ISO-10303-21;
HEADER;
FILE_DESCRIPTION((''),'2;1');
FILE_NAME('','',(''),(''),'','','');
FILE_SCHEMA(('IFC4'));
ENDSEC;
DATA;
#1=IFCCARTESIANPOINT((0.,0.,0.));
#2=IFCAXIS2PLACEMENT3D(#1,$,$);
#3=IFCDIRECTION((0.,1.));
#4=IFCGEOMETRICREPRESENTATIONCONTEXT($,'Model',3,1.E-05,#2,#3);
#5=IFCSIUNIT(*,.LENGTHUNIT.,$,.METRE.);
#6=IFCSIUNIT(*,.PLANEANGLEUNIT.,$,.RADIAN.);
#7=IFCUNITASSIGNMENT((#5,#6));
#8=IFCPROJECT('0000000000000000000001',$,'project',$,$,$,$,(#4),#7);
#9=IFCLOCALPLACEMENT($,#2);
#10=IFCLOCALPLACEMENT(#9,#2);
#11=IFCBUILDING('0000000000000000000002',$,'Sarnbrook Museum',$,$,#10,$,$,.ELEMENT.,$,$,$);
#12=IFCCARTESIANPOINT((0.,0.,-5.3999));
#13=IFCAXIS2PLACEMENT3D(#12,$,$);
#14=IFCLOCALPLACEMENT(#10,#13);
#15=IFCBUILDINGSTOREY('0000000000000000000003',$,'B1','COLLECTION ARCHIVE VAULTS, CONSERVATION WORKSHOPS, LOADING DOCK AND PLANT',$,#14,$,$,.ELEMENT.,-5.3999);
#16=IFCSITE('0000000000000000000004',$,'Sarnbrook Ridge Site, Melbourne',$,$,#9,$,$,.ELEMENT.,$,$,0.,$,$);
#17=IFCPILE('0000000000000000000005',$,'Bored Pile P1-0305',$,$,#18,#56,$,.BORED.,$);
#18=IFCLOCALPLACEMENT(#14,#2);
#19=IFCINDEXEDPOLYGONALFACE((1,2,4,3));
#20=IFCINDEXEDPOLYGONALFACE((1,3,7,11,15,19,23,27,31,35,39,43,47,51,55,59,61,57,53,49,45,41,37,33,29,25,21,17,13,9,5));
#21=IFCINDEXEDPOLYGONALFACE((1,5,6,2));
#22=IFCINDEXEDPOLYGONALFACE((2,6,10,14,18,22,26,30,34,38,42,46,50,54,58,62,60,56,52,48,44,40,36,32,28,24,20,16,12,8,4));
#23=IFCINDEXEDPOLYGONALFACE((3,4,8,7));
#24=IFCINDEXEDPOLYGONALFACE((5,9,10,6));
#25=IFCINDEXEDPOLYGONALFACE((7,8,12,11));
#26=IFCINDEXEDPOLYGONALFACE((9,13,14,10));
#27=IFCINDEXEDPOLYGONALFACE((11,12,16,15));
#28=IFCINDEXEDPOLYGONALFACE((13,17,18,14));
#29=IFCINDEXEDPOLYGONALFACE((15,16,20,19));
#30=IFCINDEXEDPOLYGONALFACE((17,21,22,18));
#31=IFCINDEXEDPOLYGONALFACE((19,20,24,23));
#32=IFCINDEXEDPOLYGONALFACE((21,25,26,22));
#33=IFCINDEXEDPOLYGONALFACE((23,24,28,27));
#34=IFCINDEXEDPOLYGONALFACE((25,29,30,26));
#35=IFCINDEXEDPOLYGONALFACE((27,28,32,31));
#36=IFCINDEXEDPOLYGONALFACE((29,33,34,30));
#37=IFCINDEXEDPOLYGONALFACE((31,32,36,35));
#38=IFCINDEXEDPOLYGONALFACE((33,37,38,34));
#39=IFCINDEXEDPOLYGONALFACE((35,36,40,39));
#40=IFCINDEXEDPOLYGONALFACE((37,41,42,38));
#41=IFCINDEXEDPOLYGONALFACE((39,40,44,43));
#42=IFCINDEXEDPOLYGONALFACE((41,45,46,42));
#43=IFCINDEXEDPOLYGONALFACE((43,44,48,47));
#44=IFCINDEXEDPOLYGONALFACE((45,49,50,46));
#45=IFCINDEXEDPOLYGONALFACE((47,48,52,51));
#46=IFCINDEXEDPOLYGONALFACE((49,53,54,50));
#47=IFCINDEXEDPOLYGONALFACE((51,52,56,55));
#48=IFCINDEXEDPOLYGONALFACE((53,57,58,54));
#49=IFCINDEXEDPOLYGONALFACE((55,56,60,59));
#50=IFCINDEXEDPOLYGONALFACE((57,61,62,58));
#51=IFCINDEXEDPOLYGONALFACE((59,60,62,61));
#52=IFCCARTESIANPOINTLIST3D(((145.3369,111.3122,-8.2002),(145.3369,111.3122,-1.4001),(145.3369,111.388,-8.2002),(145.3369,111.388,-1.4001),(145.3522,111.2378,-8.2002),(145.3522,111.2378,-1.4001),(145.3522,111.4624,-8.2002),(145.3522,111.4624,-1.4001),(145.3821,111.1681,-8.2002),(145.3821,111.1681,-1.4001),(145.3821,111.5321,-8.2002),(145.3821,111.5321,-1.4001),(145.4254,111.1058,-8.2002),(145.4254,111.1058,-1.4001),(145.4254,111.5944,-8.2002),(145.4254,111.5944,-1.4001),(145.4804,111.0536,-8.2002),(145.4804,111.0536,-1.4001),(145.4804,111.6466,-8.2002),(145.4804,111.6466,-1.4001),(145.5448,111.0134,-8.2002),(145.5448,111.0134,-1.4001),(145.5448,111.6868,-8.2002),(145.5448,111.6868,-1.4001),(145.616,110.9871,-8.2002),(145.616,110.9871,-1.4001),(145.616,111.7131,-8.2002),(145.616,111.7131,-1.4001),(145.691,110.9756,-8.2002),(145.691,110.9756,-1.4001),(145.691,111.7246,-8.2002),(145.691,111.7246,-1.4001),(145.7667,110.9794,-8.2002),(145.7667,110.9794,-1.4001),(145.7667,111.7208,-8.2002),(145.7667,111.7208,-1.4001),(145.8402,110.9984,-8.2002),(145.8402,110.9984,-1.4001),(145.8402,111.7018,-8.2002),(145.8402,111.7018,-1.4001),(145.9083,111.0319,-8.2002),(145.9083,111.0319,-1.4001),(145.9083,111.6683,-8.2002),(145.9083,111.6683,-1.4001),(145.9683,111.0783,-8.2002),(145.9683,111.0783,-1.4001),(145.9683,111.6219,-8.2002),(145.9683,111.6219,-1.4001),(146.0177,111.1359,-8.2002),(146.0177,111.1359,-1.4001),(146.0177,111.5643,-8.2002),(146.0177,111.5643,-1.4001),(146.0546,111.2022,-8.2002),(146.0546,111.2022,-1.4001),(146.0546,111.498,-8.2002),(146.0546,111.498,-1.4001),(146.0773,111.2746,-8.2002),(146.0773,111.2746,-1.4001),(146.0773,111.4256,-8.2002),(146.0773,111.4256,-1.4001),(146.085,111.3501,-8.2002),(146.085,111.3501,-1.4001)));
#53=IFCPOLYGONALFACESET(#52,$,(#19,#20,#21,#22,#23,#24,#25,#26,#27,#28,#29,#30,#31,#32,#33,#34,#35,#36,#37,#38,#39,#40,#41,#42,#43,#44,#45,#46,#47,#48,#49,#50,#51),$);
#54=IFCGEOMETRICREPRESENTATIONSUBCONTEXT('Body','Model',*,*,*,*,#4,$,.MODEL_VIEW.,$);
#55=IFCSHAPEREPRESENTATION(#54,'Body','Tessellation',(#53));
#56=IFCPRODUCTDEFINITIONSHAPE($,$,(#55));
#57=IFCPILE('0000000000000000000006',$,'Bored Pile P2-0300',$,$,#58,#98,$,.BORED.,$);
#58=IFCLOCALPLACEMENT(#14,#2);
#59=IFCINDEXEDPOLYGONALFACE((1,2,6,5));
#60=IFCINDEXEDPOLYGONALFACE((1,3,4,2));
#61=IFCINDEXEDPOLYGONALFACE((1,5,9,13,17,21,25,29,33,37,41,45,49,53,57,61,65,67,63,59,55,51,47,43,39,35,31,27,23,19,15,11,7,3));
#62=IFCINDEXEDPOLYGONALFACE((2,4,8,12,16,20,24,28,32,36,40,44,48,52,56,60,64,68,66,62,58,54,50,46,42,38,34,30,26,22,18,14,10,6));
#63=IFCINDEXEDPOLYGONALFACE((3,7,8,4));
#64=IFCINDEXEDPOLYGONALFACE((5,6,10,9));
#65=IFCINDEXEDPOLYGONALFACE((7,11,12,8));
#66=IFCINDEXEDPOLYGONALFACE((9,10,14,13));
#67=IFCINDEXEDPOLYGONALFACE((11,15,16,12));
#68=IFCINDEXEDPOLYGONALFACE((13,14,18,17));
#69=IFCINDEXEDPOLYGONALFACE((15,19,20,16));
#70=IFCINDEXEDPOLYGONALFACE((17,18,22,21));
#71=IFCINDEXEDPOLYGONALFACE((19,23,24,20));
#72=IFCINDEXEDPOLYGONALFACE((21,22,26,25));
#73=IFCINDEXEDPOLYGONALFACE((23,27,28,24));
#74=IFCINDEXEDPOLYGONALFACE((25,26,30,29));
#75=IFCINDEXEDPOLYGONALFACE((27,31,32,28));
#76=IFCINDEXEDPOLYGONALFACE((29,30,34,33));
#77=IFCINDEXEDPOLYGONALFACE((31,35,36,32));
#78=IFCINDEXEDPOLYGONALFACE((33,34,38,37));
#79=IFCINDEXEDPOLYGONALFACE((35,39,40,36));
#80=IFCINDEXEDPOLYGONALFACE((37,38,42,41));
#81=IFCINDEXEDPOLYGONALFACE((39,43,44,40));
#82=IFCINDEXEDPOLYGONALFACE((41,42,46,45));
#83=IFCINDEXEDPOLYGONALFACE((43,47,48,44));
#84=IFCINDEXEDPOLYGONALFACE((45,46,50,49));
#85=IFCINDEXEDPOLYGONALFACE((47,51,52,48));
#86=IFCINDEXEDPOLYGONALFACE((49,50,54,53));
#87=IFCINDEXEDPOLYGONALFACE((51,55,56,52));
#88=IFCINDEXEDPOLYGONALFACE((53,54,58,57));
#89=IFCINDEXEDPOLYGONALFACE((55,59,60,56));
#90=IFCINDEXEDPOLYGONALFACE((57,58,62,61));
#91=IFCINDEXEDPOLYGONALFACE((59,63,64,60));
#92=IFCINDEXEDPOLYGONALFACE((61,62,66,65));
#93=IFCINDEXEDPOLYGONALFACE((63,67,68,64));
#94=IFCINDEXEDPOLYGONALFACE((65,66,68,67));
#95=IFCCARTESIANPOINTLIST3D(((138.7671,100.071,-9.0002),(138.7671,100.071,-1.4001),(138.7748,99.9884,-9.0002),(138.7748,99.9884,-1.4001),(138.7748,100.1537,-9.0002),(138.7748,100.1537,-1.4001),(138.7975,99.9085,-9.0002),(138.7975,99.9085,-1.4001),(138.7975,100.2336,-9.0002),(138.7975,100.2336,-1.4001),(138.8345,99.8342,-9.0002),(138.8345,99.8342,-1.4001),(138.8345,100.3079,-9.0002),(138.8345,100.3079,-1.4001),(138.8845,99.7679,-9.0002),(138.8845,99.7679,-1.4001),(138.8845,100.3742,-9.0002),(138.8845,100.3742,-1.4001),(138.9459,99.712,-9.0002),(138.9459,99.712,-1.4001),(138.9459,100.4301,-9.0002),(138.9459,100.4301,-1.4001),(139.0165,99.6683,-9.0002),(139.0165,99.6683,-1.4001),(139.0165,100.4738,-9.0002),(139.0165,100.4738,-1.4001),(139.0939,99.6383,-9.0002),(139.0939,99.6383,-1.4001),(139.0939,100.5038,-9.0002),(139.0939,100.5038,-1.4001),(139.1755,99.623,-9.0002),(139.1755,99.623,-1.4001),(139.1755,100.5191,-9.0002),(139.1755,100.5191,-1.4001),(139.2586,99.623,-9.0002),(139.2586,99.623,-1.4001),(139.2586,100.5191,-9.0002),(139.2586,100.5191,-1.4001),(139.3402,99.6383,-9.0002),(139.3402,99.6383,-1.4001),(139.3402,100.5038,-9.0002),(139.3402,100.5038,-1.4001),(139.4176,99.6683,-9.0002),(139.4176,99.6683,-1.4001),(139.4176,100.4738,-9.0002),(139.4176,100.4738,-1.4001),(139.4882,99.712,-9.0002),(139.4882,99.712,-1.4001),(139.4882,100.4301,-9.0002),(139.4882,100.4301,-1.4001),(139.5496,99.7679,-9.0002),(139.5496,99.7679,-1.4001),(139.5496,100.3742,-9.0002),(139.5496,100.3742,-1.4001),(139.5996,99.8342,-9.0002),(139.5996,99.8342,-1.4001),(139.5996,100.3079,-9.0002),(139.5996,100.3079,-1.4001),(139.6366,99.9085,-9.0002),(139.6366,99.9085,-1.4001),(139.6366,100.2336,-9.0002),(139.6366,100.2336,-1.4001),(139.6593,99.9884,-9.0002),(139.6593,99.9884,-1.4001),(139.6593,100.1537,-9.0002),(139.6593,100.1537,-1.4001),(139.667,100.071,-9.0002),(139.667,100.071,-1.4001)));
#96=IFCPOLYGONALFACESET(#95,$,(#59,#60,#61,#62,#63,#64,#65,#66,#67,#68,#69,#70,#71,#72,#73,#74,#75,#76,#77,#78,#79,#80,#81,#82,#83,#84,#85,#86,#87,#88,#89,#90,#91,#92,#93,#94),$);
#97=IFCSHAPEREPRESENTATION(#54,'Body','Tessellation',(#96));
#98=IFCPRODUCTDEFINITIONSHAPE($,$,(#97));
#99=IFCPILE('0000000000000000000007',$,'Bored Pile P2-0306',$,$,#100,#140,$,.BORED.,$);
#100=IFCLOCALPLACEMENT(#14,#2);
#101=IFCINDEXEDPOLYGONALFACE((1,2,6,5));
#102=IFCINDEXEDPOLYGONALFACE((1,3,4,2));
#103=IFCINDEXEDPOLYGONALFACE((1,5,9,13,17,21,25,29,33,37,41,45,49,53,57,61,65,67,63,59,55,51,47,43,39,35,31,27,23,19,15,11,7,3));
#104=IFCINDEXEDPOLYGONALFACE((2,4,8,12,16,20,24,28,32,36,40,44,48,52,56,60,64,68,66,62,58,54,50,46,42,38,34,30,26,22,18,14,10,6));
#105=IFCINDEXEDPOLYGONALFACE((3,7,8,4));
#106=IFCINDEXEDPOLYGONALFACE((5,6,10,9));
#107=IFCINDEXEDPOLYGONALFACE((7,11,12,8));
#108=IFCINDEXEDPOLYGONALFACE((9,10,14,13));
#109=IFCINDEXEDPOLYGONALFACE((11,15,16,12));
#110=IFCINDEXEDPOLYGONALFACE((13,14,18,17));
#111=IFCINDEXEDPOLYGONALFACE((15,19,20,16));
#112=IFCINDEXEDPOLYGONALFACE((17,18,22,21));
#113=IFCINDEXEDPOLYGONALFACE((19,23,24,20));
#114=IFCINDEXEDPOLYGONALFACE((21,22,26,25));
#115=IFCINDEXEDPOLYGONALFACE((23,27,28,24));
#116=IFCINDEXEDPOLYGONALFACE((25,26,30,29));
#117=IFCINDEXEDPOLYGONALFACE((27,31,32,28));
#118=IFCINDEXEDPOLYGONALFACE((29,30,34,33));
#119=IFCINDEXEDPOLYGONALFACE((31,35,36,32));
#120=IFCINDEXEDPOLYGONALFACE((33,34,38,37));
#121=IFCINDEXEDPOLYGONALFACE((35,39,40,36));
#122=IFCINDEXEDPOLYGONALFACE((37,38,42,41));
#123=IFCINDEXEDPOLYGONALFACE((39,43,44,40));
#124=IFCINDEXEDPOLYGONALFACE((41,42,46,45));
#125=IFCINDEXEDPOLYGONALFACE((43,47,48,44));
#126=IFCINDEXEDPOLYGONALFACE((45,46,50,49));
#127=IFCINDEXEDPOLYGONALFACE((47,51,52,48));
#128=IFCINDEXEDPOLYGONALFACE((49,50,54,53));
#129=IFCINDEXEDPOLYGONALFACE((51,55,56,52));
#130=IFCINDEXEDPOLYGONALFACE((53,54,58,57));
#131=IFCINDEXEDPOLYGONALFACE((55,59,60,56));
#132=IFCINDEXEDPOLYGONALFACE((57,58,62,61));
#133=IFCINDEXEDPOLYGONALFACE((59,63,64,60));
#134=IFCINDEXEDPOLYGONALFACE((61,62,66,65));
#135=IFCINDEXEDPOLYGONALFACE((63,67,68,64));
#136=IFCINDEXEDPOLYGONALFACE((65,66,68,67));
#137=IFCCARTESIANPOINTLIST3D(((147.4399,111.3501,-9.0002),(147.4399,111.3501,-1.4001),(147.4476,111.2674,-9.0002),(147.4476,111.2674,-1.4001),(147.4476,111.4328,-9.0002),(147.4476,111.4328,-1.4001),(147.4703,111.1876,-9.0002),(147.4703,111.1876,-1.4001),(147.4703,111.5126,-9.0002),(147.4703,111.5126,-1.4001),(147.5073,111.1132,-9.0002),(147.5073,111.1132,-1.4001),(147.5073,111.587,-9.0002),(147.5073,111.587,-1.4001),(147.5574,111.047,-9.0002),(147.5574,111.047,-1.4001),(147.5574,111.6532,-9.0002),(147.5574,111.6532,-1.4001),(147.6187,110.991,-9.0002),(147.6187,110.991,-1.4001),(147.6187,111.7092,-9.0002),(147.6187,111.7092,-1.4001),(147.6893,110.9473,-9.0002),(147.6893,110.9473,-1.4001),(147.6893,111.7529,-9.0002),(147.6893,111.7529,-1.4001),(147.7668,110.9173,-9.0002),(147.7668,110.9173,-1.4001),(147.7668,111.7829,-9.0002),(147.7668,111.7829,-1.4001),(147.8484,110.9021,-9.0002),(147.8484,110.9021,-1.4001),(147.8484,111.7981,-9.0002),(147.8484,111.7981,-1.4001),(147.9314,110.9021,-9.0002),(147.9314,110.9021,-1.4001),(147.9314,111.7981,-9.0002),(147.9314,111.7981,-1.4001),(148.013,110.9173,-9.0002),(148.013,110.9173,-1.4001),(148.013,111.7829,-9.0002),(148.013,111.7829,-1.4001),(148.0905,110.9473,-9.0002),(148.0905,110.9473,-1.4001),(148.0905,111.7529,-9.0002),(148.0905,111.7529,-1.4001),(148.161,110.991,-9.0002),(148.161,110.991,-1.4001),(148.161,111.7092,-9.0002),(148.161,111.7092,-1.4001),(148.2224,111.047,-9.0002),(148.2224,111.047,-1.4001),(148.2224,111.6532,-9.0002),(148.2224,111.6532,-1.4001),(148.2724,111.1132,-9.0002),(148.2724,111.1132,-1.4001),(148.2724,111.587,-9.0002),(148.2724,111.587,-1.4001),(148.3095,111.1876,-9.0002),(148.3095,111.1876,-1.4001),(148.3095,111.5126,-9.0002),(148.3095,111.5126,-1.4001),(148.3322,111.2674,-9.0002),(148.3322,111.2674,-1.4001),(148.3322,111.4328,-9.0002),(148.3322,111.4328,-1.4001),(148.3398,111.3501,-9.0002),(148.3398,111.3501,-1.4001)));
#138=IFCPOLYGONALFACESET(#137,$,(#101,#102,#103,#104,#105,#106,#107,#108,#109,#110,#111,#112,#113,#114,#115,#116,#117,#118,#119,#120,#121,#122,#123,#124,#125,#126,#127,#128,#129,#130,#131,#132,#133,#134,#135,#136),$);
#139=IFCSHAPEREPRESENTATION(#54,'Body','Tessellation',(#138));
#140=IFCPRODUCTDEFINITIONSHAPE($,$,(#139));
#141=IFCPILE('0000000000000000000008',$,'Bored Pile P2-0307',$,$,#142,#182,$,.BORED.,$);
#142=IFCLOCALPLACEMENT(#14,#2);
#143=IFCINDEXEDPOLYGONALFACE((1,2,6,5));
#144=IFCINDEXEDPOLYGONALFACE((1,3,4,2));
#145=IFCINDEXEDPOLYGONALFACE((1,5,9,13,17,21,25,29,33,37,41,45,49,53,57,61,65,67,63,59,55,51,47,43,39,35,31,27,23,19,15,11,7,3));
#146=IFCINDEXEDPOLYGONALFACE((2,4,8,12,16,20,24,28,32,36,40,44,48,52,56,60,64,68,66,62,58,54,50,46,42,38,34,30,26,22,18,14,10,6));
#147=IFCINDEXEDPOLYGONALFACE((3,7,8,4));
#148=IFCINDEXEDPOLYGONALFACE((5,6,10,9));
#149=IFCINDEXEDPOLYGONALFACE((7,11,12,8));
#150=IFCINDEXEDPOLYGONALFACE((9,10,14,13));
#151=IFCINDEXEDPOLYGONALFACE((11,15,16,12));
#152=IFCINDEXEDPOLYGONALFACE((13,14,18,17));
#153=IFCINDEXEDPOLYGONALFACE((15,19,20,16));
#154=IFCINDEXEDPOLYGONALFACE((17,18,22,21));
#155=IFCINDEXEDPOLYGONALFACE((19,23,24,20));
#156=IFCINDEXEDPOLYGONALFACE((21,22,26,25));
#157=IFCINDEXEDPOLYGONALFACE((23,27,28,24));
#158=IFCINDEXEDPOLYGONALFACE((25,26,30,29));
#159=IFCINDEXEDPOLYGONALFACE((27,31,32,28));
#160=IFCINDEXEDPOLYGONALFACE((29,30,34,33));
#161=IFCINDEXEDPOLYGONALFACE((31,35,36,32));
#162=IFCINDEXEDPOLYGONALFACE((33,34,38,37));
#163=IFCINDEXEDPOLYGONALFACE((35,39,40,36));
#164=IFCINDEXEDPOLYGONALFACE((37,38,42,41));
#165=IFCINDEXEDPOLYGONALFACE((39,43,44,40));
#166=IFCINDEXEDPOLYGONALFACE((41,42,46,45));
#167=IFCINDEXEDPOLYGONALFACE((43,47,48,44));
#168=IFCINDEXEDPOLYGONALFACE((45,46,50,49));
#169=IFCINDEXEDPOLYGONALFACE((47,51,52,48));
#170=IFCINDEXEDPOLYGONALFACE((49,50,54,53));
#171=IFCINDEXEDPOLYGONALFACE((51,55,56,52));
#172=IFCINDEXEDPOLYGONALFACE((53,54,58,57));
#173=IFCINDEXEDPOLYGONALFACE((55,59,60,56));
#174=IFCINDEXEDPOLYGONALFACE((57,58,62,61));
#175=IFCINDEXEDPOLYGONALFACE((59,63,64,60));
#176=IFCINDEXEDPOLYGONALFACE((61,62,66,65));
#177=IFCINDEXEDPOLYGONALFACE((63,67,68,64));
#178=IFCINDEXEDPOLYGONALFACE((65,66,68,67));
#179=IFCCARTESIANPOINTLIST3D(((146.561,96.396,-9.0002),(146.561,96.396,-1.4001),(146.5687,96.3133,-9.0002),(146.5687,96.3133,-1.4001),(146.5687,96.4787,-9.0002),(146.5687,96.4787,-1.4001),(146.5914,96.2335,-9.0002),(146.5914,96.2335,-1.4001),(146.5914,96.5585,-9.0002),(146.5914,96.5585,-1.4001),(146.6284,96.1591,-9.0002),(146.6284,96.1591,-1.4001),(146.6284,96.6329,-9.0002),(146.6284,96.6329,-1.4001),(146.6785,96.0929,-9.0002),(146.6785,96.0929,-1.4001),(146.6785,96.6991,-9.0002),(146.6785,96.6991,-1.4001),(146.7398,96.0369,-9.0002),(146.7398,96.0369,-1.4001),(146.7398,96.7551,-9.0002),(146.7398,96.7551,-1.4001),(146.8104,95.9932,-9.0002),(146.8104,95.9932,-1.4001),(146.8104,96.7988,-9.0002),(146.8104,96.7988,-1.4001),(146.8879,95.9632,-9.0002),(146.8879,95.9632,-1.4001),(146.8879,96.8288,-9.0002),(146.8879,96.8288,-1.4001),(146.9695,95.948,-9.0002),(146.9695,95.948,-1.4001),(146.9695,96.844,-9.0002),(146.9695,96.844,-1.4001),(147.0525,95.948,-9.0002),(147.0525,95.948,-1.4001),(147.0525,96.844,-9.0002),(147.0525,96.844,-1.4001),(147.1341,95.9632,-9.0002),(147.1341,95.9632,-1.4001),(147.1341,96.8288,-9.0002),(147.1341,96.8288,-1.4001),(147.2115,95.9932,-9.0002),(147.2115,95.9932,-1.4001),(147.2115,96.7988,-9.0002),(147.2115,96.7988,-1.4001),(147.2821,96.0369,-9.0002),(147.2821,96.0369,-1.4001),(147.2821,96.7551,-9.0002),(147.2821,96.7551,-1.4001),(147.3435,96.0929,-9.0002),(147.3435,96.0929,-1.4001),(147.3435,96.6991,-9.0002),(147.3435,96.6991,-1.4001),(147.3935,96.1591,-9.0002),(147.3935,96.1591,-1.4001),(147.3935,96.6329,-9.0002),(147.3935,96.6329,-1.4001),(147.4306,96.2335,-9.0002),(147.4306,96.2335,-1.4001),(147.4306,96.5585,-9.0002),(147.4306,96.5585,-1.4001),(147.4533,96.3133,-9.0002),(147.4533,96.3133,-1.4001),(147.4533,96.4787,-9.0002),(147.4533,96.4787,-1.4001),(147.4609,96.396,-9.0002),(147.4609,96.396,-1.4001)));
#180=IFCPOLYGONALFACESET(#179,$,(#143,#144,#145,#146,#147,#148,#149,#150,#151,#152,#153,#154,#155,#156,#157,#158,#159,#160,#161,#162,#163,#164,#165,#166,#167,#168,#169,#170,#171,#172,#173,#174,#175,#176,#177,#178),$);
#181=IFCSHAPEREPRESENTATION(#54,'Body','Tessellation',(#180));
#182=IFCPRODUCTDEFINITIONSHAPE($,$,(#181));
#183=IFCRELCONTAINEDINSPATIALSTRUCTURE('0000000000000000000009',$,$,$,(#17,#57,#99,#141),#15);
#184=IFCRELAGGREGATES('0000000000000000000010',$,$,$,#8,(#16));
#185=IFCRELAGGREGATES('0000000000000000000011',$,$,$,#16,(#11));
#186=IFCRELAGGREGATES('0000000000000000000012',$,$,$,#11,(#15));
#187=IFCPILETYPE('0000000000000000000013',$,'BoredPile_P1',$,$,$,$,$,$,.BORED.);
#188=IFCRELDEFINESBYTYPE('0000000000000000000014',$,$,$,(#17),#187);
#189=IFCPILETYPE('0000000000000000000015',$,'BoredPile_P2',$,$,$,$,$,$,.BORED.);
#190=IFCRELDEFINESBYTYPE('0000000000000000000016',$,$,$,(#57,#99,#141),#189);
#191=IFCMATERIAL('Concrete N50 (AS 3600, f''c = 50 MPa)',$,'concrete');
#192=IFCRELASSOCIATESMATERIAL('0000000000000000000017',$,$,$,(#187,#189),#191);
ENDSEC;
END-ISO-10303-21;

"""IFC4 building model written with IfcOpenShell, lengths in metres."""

from ifc_helpers import new_model, si_unit, direction, frame, origin, origin_2d, place, context, subcontext, project, spatial, circle, extrude, material, material_profile, profile_set, type_object, element, save


model = new_model("IFC4")

# Units and contexts
model_context = context("Model", 3, precision=1e-05, world=origin(), true_north=direction((0.0, 1.0)))
body_context = subcontext(model_context, "Body", "Model", "MODEL_VIEW")
ifc_project = project(units=[si_unit("LENGTHUNIT", "METRE"), si_unit("PLANEANGLEUNIT", "RADIAN")], contexts=[model_context])

# Site, building, storey
site_placement = place(None, origin())
site = spatial("IfcSite", under=ifc_project, at=site_placement, Name="Sarnbrook Ridge Site, Melbourne", CompositionType="ELEMENT", RefElevation=0.0)
building_placement = place(site_placement, origin())
building = spatial("IfcBuilding", under=site, at=building_placement, Name="Sarnbrook Museum", CompositionType="ELEMENT")
storey_placement = place(building_placement, frame((0.0, 0.0, -5.3999)))
storey = spatial("IfcBuildingStorey", under=building, at=storey_placement, Name="B1", Description="COLLECTION ARCHIVE VAULTS, CONSERVATION WORKSHOPS, LOADING DOCK AND PLANT", CompositionType="ELEMENT", Elevation=-5.3999)

# Piles
ifc_material_1 = material(Name="Concrete N50 (AS 3600, f'c = 50 MPa)", Category="concrete")
ifc_material_profile_1 = material_profile(ifc_material_1, circle(Radius=0.375, at=origin_2d()), Name="BORED PILE D750")
ifc_profile_set_1 = profile_set([ifc_material_profile_1], Name="Concrete N50 (AS 3600, f'c = 50 MPa)")
pile_type_1 = type_object("IfcPileType", Name="BoredPile_P1", PredefinedType="BORED", material=ifc_profile_set_1)
pile_placement = place(storey_placement, frame((145.71, 111.3501, -1.4001), z_axis=(0.0, 0.0, -1.0), x_axis=(1.0, 0.0, 0.0)))
element("IfcPile", 1, at=pile_placement, inside=storey, type_object=pile_type_1, Name="Bored Pile P1-0305", PredefinedType="BORED", context=body_context, shape_type="SweptSolid", body=[
    extrude(circle(Radius=0.375, at=origin_2d()), origin(), (0.0, 0.0, 1.0), 6.8),
])
ifc_material_profile_2 = material_profile(ifc_material_1, circle(Radius=0.45, at=origin_2d()), Name="BORED PILE D900")
ifc_profile_set_2 = profile_set([ifc_material_profile_2], Name="Concrete N50 (AS 3600, f'c = 50 MPa)")
pile_type_2 = type_object("IfcPileType", Name="BoredPile_P2", PredefinedType="BORED", material=ifc_profile_set_2)
for number, where, z_axis, x_axis, name in (
    (2, (139.217, 100.071, -1.4001), (0.0, 0.0, -1.0), (1.0, 0.0, 0.0), "Bored Pile P2-0300"),
    (3, (147.8899, 111.3501, -1.4001), (0.0, 0.0, -1.0), (1.0, 0.0, 0.0), "Bored Pile P2-0306"),
    (4, (147.011, 96.396, -1.4001), (0.0, 0.0, -1.0), (1.0, 0.0, 0.0), "Bored Pile P2-0307"),
):
    element("IfcPile", number, at=place(storey_placement, frame(where, z_axis=z_axis, x_axis=x_axis)), inside=storey, type_object=pile_type_2, Name=name, PredefinedType="BORED", context=body_context, shape_type="SweptSolid", body=[
        extrude(circle(Radius=0.45, at=origin_2d()), origin(), (0.0, 0.0, 1.0), 7.6001),
    ])

save(model, "model.ifc")
